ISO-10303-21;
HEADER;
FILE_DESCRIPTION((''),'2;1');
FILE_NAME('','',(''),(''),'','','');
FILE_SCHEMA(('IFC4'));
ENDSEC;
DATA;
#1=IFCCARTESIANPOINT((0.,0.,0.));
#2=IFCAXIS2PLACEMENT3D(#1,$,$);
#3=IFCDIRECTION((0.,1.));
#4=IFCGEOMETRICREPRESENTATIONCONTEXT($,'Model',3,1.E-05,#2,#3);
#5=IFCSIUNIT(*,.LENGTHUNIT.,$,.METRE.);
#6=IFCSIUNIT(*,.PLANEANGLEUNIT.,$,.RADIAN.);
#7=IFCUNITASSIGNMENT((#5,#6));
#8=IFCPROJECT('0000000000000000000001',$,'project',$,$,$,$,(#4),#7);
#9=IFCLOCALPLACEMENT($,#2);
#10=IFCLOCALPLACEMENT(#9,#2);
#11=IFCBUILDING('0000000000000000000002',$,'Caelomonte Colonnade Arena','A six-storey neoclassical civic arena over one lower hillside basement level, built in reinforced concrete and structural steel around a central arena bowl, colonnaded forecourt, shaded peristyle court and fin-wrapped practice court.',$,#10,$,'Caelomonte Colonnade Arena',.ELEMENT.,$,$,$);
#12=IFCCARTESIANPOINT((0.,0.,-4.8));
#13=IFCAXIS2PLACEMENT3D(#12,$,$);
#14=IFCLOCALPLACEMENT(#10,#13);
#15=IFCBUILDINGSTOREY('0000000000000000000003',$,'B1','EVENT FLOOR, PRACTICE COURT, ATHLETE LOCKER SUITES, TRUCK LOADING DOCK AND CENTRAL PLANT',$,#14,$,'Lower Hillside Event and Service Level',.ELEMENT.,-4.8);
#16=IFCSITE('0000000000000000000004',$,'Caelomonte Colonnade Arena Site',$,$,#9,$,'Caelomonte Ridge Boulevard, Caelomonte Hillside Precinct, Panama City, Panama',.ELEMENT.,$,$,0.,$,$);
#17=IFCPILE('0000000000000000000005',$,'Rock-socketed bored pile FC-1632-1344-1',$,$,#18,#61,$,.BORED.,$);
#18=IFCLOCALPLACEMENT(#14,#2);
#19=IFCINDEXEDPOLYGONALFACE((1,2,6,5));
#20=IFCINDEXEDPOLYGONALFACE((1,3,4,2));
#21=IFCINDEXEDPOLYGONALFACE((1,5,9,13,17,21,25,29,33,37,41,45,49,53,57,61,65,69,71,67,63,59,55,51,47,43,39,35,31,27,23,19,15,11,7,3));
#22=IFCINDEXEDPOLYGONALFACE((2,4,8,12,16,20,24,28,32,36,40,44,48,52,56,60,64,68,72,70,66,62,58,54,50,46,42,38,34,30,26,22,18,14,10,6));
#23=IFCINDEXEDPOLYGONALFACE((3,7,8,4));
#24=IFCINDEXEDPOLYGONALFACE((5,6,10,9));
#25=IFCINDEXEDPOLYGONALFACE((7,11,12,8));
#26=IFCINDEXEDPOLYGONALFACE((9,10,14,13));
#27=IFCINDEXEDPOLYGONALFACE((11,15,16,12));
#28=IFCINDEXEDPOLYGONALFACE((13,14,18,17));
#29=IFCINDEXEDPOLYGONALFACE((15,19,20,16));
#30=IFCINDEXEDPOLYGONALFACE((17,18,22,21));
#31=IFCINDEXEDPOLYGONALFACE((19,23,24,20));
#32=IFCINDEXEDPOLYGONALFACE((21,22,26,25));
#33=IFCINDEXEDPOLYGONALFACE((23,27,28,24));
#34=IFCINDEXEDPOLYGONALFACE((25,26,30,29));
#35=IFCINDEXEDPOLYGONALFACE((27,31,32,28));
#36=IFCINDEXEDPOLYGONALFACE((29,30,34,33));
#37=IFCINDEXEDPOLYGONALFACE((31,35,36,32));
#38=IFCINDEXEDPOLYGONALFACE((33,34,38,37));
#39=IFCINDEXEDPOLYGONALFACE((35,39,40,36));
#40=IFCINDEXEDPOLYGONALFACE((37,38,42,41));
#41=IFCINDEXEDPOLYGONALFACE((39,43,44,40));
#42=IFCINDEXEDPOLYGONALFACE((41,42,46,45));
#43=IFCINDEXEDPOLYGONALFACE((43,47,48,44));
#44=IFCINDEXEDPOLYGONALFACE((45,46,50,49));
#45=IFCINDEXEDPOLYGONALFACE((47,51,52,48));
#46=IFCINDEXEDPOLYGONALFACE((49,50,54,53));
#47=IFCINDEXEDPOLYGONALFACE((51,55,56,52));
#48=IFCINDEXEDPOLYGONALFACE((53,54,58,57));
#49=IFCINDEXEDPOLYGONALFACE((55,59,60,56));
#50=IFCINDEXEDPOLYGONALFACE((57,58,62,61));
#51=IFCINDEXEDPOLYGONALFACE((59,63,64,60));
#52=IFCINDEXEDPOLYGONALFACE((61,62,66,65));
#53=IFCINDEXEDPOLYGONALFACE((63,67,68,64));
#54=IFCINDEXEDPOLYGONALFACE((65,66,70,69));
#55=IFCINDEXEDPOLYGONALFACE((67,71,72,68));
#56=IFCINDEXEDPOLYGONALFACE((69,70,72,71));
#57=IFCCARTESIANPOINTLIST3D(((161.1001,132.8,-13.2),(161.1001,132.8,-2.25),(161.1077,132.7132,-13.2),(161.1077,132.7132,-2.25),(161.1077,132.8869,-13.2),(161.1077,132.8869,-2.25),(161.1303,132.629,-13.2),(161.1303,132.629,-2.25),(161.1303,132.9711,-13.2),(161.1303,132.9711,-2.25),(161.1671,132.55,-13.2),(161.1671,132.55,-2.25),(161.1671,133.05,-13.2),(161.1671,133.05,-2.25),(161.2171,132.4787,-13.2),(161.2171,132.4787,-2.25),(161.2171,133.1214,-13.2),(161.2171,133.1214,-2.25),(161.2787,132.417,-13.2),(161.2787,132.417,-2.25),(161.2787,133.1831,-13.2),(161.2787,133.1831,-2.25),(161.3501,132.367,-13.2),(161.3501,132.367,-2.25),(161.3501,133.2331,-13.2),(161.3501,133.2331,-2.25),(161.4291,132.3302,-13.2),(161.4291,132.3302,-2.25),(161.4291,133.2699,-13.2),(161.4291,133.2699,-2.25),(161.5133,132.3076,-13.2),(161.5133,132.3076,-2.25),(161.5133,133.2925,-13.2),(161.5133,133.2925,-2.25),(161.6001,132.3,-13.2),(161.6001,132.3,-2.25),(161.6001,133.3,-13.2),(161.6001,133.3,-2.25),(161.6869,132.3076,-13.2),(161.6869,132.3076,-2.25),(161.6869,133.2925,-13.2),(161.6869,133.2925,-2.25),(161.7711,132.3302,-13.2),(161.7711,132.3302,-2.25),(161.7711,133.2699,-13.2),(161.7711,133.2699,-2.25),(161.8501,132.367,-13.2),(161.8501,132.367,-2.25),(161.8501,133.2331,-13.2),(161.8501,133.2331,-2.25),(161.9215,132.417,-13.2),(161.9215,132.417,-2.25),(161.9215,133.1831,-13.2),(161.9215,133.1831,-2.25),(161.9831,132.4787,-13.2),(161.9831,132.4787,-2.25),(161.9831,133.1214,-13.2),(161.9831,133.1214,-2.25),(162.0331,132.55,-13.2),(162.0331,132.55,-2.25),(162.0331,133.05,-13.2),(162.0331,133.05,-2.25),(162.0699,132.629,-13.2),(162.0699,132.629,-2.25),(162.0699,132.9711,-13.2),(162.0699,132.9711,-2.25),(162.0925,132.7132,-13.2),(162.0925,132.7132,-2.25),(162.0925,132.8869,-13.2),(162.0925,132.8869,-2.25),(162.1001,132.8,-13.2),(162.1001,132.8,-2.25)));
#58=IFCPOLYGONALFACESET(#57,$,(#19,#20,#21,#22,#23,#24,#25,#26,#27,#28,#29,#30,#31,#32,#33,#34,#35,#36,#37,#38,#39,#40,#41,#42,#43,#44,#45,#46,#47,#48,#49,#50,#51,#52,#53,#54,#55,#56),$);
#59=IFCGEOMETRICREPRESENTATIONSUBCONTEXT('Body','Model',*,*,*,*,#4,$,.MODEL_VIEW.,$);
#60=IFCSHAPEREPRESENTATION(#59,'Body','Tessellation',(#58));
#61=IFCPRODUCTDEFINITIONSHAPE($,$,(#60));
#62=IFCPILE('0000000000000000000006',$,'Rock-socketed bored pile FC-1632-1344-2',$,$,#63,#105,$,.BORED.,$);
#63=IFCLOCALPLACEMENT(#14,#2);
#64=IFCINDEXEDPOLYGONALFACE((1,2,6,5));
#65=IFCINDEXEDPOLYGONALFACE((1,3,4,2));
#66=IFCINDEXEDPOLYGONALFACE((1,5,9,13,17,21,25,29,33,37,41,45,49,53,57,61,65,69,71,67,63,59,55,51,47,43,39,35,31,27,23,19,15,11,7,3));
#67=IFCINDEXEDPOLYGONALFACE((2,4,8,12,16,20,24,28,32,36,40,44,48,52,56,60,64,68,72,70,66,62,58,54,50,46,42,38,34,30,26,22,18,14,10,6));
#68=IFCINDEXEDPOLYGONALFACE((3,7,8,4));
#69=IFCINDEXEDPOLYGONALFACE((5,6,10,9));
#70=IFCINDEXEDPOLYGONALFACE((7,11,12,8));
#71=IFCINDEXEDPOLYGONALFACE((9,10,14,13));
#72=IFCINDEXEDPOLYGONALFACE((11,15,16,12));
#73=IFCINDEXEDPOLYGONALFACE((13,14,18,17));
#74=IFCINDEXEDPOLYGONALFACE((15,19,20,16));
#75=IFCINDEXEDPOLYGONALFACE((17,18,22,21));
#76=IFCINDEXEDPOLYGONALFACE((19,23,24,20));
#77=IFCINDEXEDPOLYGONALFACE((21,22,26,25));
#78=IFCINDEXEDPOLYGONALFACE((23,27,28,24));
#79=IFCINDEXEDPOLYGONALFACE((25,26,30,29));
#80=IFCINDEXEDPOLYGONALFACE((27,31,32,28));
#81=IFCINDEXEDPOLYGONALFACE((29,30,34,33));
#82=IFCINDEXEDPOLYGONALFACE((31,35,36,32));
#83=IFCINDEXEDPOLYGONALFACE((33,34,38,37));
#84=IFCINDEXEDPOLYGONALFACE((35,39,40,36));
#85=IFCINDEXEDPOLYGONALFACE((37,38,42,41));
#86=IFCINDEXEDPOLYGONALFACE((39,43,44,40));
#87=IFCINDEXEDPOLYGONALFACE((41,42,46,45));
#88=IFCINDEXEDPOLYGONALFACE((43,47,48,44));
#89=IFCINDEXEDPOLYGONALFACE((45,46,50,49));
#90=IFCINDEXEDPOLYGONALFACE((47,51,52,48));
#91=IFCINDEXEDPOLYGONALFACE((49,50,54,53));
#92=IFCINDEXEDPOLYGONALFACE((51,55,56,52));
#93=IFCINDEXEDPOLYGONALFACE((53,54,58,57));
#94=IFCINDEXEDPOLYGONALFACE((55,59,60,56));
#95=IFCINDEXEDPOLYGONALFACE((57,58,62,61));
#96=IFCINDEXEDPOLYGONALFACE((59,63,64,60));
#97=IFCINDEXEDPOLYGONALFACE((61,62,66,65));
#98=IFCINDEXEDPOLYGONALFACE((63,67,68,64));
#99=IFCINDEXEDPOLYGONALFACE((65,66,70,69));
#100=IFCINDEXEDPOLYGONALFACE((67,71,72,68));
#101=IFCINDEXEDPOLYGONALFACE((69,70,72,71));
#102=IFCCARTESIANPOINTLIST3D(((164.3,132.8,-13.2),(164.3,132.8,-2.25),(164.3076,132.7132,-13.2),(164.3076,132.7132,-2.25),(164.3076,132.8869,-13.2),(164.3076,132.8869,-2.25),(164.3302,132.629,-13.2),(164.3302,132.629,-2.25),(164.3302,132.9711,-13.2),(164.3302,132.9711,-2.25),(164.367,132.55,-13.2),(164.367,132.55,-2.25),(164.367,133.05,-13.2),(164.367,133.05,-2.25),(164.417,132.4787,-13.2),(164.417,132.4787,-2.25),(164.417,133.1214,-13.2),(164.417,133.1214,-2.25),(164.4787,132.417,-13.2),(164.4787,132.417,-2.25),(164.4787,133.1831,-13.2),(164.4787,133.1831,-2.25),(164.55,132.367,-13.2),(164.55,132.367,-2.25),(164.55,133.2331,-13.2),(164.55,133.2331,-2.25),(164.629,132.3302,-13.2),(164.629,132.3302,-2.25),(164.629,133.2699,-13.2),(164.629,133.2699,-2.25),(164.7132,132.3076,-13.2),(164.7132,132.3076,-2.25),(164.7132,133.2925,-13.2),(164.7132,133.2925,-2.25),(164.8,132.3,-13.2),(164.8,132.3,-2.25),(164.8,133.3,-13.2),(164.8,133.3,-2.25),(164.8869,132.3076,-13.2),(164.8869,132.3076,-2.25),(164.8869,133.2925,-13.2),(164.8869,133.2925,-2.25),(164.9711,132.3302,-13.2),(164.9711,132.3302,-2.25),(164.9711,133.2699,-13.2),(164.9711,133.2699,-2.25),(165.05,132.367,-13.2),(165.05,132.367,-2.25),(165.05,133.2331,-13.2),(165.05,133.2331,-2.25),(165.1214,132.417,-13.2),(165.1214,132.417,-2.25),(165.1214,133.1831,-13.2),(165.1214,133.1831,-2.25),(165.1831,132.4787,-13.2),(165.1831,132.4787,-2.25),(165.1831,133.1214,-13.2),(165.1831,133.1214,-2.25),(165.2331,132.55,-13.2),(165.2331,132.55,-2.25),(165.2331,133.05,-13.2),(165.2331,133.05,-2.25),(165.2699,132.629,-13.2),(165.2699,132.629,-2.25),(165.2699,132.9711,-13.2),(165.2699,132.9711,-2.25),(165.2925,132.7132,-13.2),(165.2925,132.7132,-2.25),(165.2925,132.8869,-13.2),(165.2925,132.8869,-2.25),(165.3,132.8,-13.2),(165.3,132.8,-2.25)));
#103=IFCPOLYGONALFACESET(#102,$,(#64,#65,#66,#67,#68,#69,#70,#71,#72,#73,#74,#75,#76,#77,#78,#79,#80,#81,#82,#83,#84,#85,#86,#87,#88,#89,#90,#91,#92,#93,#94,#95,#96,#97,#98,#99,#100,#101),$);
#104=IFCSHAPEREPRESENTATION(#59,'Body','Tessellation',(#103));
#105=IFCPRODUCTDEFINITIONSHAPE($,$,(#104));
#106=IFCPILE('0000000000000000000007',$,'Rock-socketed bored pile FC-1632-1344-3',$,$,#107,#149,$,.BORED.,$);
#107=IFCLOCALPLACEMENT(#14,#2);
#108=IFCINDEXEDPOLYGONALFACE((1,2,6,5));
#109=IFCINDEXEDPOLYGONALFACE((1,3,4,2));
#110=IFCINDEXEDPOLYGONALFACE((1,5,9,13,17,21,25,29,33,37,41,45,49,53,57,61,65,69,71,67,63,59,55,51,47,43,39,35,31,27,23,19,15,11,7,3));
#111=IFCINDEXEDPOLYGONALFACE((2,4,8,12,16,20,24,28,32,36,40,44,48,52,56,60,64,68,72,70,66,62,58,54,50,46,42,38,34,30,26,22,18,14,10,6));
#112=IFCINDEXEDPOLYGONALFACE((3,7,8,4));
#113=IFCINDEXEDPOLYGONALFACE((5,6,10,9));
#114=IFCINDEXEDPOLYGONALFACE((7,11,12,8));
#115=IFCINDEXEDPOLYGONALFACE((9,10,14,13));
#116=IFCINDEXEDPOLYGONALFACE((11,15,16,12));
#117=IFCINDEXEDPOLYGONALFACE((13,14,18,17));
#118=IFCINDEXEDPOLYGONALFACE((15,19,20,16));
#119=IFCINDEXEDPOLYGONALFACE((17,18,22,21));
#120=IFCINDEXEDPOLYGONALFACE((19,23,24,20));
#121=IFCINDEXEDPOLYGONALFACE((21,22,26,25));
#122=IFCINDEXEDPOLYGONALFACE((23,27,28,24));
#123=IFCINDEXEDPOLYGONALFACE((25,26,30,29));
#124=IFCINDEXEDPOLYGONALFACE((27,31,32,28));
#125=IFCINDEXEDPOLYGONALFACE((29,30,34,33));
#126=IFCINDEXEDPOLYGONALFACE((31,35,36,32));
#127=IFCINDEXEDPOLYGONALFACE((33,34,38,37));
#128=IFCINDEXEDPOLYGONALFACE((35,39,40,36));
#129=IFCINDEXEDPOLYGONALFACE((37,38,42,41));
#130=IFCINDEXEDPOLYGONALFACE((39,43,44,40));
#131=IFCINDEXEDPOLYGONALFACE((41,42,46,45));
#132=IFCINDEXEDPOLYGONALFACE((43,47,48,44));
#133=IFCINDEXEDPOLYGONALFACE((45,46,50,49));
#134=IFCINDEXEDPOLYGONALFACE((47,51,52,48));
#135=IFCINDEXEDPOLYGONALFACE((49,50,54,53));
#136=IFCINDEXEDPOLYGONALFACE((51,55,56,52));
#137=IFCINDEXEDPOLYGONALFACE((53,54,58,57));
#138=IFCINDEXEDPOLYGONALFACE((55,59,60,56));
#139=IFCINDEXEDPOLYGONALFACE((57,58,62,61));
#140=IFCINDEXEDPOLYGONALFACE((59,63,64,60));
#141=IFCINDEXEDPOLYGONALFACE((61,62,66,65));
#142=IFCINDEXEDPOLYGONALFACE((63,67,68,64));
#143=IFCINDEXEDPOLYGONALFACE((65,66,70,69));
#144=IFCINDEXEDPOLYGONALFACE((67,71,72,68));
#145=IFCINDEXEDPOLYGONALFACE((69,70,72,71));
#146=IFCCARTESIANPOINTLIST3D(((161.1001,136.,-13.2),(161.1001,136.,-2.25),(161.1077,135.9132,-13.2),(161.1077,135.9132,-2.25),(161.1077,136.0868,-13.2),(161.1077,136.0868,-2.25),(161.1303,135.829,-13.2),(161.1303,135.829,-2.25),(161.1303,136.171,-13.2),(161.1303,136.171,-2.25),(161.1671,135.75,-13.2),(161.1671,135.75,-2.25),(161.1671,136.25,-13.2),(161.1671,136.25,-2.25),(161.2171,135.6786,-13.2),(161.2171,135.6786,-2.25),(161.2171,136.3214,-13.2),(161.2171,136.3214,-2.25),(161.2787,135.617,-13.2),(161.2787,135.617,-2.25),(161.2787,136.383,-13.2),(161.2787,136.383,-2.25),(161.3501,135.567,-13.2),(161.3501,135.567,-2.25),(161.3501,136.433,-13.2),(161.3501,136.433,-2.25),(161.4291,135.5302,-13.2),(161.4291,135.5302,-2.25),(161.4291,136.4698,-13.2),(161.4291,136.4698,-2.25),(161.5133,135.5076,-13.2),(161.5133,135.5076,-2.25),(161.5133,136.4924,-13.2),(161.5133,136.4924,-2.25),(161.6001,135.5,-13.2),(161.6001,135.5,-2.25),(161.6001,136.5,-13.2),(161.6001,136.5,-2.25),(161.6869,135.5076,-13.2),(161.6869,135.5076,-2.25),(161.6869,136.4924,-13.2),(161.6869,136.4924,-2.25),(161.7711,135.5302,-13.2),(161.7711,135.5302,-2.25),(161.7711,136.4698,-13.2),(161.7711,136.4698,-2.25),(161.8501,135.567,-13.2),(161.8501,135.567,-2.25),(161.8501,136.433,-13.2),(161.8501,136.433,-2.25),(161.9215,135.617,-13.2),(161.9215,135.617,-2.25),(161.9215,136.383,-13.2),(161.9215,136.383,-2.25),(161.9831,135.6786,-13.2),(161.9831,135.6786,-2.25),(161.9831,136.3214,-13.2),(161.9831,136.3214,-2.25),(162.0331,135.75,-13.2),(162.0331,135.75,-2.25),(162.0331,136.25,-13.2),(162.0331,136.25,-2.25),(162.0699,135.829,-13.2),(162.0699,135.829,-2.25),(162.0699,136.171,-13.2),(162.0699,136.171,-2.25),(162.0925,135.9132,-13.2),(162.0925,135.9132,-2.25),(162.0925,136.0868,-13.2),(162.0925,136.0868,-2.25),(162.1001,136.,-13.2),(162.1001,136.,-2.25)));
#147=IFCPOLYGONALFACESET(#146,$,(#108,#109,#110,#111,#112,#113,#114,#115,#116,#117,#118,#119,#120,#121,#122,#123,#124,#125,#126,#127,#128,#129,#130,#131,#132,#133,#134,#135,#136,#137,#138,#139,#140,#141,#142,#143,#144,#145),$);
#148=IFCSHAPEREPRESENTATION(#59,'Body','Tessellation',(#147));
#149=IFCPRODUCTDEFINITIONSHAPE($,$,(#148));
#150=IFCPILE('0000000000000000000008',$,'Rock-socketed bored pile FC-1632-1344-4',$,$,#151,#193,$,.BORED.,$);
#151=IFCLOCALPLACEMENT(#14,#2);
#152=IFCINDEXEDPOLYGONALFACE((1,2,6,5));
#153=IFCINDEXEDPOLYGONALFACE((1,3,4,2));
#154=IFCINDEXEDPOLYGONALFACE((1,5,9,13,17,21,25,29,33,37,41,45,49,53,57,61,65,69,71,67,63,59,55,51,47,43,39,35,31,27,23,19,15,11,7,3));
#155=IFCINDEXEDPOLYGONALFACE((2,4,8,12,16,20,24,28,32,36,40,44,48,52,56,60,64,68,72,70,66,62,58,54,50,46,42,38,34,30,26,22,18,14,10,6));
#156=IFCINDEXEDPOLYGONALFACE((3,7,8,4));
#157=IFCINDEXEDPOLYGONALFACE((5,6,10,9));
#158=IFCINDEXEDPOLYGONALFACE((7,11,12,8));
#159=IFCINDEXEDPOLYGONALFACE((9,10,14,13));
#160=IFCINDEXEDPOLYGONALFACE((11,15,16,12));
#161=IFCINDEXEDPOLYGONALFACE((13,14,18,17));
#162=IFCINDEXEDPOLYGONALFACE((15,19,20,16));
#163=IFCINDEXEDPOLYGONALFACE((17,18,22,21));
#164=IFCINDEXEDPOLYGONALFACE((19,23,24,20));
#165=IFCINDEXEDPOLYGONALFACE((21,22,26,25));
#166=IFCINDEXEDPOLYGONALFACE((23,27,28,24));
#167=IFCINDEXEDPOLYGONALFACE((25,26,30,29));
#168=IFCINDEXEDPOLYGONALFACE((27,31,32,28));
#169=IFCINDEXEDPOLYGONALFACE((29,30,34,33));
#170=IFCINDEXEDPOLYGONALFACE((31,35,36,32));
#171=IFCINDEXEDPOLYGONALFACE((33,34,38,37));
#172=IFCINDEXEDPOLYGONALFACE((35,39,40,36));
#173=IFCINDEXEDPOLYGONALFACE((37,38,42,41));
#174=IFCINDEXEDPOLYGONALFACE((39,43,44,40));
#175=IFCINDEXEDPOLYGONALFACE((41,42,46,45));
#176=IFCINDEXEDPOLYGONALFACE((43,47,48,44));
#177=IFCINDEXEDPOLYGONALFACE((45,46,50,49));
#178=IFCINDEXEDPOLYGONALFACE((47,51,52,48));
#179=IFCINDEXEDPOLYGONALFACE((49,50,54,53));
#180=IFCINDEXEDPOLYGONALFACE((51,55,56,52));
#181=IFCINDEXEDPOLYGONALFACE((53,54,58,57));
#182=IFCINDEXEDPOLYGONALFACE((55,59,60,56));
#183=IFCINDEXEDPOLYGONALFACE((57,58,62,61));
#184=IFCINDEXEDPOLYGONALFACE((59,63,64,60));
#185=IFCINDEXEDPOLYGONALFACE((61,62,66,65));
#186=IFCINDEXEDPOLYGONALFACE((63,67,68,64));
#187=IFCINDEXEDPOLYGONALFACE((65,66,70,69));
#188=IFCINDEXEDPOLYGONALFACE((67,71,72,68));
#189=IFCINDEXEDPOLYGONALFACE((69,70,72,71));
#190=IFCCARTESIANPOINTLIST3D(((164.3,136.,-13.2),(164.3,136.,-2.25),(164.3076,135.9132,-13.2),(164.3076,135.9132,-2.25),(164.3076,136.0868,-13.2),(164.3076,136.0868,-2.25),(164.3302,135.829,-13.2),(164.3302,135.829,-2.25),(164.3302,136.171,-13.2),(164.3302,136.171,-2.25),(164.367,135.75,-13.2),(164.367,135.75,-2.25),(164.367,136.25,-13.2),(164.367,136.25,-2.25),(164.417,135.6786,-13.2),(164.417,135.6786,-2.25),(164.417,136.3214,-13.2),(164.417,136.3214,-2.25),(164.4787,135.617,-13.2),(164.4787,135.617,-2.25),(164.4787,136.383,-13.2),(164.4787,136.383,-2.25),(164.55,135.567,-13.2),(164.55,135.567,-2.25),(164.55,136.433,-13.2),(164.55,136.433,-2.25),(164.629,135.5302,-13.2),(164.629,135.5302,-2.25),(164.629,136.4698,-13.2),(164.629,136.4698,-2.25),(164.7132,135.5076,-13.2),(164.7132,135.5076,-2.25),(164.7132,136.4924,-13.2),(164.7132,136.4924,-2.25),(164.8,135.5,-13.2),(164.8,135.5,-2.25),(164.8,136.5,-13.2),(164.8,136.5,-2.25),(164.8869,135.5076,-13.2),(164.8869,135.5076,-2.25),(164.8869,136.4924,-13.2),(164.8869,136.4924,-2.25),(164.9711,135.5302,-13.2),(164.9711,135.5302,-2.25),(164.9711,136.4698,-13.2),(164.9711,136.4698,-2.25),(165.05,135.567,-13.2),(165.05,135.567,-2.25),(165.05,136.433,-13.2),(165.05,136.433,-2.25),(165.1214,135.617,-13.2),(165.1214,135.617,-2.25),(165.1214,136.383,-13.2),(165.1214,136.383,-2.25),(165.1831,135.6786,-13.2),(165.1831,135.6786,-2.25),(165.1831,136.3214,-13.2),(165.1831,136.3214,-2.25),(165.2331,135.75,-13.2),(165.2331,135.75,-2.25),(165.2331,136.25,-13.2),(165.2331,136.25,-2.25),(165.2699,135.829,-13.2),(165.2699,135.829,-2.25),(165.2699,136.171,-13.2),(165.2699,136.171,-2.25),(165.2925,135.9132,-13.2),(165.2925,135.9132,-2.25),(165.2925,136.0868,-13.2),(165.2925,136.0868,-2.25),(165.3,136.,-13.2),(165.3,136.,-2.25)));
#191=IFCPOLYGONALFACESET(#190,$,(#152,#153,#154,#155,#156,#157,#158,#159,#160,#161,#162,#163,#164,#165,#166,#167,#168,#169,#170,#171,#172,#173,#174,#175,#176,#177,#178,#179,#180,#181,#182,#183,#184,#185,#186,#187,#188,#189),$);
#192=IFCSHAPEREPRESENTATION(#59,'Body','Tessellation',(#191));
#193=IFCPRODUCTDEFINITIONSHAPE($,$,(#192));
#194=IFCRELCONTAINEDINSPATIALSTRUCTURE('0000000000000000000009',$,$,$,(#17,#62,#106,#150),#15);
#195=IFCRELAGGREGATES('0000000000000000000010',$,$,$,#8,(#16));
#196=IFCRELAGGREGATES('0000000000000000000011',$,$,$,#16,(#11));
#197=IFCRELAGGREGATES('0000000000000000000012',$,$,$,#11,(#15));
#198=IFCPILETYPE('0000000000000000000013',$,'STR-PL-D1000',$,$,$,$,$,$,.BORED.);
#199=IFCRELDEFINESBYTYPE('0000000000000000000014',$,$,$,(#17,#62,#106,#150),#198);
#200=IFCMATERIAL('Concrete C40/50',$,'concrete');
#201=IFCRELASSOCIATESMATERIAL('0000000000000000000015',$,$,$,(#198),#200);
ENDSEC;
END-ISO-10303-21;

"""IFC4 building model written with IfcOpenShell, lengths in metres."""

from ifc_helpers import new_model, si_unit, direction, frame, origin, origin_2d, place, context, subcontext, project, spatial, circle, extrude, material, material_profile, profile_set, type_object, element, save


model = new_model("IFC4")

# Units and contexts
model_context = context("Model", 3, precision=1e-05, world=origin(), true_north=direction((0.0, 1.0)))
body_context = subcontext(model_context, "Body", "Model", "MODEL_VIEW")
ifc_project = project(units=[si_unit("LENGTHUNIT", "METRE"), si_unit("PLANEANGLEUNIT", "RADIAN")], contexts=[model_context])

# Site, building, storey
site_placement = place(None, origin())
site = spatial("IfcSite", under=ifc_project, at=site_placement, Name="Caelomonte Colonnade Arena Site", LongName="Caelomonte Ridge Boulevard, Caelomonte Hillside Precinct, Panama City, Panama", CompositionType="ELEMENT", RefElevation=0.0)
building_placement = place(site_placement, origin())
building = spatial("IfcBuilding", under=site, at=building_placement, Name="Caelomonte Colonnade Arena", Description="A six-storey neoclassical civic arena over one lower hillside basement level, built in reinforced concrete and structural steel around a central arena bowl, colonnaded forecourt, shaded peristyle court and fin-wrapped practice court.", LongName="Caelomonte Colonnade Arena", CompositionType="ELEMENT")
storey_placement = place(building_placement, frame((0.0, 0.0, -4.8)))
storey = spatial("IfcBuildingStorey", under=building, at=storey_placement, Name="B1", Description="EVENT FLOOR, PRACTICE COURT, ATHLETE LOCKER SUITES, TRUCK LOADING DOCK AND CENTRAL PLANT", LongName="Lower Hillside Event and Service Level", CompositionType="ELEMENT", Elevation=-4.8)

# Shared definitions
ifc_material_1 = material(Name="Concrete C40/50", Category="concrete")

# Piles
ifc_material_profile_1 = material_profile(ifc_material_1, circle(Radius=0.5, at=origin_2d()), Name="PILE-D1000")
ifc_profile_set_1 = profile_set([ifc_material_profile_1], Name="Concrete C40/50")
pile_type = type_object("IfcPileType", Name="STR-PL-D1000", PredefinedType="BORED", material=ifc_profile_set_1)
for number, where, z_axis, x_axis, name in (
    (1, (161.6001, 132.8, -2.25), (0.0, 0.0, -1.0), (1.0, 0.0, 0.0), "Rock-socketed bored pile FC-1632-1344-1"),
    (2, (164.8, 132.8, -2.25), (0.0, 0.0, -1.0), (1.0, 0.0, 0.0), "Rock-socketed bored pile FC-1632-1344-2"),
    (3, (161.6001, 136.0, -2.25), (0.0, 0.0, -1.0), (1.0, 0.0, 0.0), "Rock-socketed bored pile FC-1632-1344-3"),
    (4, (164.8, 136.0, -2.25), (0.0, 0.0, -1.0), (1.0, 0.0, 0.0), "Rock-socketed bored pile FC-1632-1344-4"),
):
    element("IfcPile", number, at=place(storey_placement, frame(where, z_axis=z_axis, x_axis=x_axis)), inside=storey, type_object=pile_type, Name=name, PredefinedType="BORED", context=body_context, shape_type="SweptSolid", body=[
        extrude(circle(Radius=0.5, at=origin_2d()), origin(), (0.0, 0.0, 1.0), 10.95),
    ])

save(model, "model.ifc")
